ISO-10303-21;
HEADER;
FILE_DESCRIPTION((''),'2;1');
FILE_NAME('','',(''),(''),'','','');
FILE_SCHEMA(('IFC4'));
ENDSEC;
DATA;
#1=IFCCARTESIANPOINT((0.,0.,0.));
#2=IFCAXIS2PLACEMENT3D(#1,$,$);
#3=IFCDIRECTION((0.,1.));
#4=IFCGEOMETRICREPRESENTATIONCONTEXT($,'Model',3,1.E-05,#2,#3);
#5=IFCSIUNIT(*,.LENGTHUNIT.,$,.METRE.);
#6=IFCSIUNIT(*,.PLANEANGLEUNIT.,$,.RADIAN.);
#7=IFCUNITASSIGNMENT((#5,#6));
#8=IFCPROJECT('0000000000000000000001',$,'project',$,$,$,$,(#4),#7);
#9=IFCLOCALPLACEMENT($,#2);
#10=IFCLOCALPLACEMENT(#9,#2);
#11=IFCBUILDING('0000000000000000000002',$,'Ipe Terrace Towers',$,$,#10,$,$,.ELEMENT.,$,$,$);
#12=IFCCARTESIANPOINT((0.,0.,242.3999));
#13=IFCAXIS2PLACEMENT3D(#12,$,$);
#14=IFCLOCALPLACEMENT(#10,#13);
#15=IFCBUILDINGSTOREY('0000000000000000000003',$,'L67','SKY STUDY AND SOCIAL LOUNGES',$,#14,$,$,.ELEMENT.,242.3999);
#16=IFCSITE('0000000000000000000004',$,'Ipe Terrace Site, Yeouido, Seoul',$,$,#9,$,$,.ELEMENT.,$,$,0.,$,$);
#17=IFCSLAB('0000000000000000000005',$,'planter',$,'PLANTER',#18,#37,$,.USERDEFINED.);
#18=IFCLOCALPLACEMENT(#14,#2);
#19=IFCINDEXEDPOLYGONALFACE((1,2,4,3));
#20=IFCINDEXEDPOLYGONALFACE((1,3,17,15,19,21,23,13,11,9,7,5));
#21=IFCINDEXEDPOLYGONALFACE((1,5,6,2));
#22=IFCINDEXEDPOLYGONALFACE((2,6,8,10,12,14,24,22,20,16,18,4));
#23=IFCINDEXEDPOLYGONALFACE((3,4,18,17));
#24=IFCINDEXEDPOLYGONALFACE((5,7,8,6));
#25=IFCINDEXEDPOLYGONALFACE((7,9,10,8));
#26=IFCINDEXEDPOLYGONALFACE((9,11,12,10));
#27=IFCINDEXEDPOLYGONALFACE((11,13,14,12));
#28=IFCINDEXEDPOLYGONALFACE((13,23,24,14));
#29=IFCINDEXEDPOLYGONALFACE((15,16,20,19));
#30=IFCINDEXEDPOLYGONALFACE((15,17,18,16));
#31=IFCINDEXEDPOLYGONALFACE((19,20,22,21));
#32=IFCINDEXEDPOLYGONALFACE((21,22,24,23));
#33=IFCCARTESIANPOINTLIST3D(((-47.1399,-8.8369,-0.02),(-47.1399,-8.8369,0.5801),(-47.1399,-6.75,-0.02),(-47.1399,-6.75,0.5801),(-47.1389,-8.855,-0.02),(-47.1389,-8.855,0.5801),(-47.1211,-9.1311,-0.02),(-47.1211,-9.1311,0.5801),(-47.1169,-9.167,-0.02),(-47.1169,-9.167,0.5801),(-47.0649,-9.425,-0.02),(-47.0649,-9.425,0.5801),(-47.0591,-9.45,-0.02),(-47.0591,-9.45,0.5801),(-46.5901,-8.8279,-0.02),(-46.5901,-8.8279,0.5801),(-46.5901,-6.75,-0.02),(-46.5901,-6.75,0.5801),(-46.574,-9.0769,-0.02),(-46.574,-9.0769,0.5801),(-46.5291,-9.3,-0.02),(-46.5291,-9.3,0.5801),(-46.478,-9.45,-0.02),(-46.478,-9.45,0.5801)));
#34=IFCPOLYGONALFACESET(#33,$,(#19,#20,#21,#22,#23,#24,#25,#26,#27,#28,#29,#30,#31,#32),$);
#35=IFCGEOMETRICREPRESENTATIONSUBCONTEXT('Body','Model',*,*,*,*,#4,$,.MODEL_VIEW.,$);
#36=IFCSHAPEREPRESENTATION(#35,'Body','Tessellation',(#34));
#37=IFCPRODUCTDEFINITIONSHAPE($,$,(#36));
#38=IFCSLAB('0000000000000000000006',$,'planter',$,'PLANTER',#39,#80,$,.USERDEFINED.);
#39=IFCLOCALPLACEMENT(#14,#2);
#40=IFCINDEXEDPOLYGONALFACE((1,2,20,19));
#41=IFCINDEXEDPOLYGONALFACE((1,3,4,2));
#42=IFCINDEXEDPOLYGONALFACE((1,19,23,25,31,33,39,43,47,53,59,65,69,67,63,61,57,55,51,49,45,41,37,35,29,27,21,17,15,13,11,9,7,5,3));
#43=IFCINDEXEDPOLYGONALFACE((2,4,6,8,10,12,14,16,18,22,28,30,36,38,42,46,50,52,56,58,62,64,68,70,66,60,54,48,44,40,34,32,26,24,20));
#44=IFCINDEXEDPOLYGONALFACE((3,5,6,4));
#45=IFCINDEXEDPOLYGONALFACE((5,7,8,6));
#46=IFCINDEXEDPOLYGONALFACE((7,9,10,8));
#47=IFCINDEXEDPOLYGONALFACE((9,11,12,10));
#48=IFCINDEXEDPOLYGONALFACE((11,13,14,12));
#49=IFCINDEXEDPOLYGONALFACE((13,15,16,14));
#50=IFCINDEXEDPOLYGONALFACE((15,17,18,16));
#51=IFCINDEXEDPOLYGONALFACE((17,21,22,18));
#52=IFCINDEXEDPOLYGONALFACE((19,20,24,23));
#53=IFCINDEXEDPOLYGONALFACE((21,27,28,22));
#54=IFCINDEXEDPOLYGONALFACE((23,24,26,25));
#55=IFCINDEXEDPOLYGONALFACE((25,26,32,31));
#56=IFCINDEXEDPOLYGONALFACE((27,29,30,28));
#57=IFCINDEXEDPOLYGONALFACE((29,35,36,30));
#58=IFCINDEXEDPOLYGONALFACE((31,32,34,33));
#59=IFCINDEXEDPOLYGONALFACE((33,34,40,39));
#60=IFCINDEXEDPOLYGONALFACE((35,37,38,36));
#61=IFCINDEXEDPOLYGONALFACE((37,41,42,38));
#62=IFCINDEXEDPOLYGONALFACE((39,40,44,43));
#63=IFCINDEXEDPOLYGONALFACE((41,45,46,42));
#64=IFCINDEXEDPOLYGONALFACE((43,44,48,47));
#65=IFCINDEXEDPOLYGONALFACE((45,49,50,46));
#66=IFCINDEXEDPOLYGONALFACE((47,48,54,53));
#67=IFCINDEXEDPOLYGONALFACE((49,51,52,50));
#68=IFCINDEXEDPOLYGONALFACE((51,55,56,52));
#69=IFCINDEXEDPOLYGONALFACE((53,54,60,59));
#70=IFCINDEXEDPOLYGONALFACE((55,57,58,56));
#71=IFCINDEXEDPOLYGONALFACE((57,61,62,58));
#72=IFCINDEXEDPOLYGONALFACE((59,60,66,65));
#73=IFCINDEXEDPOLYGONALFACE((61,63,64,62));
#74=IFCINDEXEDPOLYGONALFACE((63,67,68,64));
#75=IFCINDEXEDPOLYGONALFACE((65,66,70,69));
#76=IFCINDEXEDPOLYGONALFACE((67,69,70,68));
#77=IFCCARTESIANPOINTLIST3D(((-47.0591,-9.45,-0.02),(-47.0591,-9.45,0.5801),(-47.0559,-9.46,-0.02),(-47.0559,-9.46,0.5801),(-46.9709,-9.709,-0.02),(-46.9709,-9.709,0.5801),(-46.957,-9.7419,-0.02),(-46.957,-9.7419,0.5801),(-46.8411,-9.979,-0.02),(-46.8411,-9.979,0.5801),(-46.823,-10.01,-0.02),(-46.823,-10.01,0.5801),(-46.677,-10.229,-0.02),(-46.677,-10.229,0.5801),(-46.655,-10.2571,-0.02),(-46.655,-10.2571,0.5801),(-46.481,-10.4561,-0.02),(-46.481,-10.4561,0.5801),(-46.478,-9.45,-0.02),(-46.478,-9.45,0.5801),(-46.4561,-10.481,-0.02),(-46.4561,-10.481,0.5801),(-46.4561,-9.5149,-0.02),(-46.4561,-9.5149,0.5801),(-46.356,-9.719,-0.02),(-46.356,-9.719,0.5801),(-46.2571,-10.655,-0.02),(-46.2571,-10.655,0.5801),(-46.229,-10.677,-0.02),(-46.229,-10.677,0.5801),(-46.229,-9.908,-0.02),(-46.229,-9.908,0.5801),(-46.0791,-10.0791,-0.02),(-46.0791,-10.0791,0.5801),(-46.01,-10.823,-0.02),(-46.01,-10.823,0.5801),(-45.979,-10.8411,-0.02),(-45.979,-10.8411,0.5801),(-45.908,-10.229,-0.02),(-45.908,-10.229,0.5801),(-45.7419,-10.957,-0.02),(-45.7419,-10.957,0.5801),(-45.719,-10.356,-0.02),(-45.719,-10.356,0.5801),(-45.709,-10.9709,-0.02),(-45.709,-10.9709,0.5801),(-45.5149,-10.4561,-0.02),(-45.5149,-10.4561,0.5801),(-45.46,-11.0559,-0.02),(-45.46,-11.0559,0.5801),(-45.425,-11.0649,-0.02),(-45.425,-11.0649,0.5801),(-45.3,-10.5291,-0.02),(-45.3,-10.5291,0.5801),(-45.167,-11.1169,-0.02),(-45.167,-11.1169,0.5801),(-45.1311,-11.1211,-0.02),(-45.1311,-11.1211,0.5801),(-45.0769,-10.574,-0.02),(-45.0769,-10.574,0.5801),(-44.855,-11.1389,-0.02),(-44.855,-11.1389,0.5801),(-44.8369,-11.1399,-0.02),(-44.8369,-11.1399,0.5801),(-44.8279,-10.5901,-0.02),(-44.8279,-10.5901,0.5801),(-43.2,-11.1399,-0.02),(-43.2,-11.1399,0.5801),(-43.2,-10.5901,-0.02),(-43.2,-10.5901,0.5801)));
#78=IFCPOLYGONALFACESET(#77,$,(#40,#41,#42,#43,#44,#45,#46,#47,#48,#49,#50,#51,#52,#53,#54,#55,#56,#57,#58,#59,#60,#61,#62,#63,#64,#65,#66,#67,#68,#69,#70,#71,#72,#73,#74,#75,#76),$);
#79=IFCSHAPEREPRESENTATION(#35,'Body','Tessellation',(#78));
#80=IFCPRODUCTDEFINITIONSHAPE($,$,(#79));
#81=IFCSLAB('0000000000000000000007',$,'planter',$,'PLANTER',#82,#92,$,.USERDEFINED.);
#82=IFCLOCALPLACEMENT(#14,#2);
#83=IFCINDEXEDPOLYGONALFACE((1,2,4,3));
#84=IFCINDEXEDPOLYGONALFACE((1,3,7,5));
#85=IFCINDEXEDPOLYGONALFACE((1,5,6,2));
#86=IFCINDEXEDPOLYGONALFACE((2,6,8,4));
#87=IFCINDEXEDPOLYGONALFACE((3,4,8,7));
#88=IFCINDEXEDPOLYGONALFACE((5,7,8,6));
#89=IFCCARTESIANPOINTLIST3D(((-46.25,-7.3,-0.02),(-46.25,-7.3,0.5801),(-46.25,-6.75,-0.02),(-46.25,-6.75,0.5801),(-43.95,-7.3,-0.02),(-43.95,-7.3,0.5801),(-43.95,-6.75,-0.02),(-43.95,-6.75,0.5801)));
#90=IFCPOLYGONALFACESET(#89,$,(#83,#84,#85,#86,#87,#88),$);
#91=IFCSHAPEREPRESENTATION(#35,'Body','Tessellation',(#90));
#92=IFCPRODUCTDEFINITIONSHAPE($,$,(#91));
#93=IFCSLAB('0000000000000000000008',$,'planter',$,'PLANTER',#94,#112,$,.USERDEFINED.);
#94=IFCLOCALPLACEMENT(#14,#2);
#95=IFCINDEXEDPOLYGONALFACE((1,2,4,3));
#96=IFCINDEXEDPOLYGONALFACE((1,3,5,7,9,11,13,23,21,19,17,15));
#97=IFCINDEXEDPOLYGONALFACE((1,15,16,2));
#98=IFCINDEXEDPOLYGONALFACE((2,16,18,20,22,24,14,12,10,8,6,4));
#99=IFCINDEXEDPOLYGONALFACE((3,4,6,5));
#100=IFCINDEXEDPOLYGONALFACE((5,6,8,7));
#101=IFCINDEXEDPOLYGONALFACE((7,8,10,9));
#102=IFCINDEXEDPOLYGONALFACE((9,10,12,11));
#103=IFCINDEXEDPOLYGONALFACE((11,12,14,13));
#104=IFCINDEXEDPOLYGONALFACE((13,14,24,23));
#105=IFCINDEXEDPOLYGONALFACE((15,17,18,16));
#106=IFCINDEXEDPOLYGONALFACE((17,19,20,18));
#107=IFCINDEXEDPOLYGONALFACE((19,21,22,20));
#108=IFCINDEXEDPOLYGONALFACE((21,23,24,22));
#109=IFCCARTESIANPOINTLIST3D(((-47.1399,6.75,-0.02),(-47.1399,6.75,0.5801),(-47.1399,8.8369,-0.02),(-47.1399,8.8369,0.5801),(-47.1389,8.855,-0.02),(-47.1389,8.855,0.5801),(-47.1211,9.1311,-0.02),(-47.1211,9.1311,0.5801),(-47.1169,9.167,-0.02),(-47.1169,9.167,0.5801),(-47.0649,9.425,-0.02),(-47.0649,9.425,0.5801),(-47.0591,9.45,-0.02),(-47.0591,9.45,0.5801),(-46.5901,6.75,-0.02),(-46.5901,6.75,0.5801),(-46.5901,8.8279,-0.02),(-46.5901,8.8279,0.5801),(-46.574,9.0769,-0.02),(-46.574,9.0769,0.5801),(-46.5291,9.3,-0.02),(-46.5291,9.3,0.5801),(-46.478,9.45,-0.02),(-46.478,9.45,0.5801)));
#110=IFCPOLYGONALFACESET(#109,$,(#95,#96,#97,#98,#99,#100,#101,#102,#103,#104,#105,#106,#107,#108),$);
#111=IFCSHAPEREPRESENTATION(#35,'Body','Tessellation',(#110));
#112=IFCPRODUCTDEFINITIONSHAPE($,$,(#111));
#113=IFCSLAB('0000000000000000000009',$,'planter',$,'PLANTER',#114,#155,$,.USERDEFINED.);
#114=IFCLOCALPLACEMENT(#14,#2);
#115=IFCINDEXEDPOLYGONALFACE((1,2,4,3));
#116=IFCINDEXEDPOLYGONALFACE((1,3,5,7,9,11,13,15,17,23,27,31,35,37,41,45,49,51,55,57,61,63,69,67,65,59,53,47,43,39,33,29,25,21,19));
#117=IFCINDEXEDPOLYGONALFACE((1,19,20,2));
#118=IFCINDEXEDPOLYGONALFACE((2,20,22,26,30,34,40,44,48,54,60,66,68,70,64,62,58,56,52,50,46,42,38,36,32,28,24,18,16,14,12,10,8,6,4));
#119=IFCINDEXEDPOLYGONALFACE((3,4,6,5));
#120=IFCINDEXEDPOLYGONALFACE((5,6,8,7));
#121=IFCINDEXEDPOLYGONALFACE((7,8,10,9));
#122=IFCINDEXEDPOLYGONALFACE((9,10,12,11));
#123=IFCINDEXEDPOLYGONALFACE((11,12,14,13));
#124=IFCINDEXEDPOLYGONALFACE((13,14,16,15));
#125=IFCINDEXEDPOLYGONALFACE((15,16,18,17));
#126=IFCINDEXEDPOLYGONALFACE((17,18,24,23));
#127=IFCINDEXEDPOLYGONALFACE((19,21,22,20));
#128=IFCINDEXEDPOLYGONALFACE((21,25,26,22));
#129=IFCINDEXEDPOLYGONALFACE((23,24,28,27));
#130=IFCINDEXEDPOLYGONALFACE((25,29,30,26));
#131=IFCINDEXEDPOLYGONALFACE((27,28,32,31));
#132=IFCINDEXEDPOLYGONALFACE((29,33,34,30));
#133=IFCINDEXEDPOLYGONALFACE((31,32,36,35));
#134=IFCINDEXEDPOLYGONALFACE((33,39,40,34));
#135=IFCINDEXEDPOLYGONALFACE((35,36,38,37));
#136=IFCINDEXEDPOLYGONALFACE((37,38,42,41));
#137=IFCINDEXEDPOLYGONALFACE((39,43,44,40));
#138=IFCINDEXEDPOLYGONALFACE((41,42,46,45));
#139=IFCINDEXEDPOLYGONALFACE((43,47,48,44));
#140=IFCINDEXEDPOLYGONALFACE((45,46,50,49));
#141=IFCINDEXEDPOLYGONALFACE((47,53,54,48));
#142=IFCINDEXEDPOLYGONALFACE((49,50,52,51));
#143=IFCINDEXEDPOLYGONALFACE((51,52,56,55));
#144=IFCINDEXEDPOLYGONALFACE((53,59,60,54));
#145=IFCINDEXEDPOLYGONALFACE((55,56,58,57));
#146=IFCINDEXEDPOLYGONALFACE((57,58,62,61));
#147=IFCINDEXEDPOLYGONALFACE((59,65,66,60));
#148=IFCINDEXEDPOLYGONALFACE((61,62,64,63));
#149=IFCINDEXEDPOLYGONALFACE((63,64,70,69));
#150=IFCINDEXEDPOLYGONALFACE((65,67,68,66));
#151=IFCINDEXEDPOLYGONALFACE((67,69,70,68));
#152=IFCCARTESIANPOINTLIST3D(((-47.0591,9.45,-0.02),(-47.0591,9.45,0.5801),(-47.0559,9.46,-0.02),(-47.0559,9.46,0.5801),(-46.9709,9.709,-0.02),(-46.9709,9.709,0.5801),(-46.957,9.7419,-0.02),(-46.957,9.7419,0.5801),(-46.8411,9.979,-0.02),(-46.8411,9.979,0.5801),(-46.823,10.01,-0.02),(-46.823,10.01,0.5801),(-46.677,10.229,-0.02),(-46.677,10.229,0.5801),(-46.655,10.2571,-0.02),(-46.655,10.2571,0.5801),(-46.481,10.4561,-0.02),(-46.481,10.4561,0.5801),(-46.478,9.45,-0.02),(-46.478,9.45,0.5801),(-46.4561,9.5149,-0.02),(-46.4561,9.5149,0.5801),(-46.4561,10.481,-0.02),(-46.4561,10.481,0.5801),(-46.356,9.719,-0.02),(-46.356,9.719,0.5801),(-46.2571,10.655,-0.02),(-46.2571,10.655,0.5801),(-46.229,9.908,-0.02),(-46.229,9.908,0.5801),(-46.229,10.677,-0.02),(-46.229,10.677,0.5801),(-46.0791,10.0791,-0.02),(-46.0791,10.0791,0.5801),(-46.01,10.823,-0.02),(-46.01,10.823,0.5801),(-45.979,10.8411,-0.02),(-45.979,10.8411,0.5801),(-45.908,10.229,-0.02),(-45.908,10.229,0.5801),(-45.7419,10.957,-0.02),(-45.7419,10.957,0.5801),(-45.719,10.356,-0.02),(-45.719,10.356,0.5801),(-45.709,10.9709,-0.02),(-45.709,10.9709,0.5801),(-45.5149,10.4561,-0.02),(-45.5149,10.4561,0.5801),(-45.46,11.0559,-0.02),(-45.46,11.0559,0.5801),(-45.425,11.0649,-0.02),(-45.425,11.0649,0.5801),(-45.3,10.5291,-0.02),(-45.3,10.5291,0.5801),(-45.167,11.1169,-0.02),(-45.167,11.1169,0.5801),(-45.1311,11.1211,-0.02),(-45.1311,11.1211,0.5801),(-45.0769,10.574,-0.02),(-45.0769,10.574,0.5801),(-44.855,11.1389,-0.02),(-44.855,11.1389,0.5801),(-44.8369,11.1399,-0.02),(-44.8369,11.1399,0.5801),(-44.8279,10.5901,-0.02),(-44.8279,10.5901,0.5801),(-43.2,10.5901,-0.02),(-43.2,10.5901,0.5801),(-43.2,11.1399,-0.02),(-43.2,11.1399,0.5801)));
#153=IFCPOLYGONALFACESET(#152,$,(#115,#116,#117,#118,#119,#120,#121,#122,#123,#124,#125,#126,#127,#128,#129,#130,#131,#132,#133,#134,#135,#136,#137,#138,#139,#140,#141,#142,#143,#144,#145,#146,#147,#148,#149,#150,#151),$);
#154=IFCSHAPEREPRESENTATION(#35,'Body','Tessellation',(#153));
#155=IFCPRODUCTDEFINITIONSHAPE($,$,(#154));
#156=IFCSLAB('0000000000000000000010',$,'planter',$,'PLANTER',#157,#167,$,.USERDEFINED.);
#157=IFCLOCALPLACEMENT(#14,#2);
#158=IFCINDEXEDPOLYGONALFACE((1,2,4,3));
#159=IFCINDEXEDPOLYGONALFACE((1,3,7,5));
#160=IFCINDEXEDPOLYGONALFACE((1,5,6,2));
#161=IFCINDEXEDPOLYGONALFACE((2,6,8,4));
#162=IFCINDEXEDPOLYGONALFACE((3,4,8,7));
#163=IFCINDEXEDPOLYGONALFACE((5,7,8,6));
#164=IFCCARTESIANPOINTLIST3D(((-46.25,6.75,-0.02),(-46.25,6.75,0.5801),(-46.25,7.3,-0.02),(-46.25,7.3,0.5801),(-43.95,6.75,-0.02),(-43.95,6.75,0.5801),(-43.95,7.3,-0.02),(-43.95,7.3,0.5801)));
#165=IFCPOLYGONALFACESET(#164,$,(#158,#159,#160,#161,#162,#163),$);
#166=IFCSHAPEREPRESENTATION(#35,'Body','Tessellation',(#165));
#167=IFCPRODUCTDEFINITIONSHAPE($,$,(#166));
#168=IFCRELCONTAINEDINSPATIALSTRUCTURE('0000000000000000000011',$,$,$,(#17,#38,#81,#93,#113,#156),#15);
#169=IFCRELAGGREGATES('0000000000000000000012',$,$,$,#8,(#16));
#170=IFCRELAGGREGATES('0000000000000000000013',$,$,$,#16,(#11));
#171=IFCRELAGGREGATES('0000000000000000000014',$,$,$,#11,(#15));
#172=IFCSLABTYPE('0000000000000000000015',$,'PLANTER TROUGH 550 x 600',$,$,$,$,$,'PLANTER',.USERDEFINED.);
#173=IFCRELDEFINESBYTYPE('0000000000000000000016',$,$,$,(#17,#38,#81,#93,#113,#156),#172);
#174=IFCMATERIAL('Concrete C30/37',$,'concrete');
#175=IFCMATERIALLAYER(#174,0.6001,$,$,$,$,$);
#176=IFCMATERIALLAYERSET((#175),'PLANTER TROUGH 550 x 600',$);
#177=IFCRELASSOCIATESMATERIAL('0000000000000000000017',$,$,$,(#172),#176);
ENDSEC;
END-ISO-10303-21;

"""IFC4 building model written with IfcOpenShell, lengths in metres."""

from ifc_helpers import new_model, si_unit, direction, frame, origin, place, context, subcontext, project, spatial, polyline, outline, extrude, material, layer, layer_set, type_object, element, save


model = new_model("IFC4")

# Units and contexts
model_context = context("Model", 3, precision=1e-05, world=origin(), true_north=direction((0.0, 1.0)))
body_context = subcontext(model_context, "Body", "Model", "MODEL_VIEW")
ifc_project = project(units=[si_unit("LENGTHUNIT", "METRE"), si_unit("PLANEANGLEUNIT", "RADIAN")], contexts=[model_context])

# Site, building, storey
site_placement = place(None, origin())
site = spatial("IfcSite", under=ifc_project, at=site_placement, Name="Ipe Terrace Site, Yeouido, Seoul", CompositionType="ELEMENT", RefElevation=0.0)
building_placement = place(site_placement, origin())
building = spatial("IfcBuilding", under=site, at=building_placement, Name="Ipe Terrace Towers", CompositionType="ELEMENT")
storey_placement = place(building_placement, frame((0.0, 0.0, 242.3999)))
storey = spatial("IfcBuildingStorey", under=building, at=storey_placement, Name="L67", Description="SKY STUDY AND SOCIAL LOUNGES", CompositionType="ELEMENT", Elevation=242.3999)

# Slabs
ifc_material_1 = material(Name="Concrete C30/37", Category="concrete")
ifc_layer_1 = layer(ifc_material_1, 0.6001)
ifc_layer_set_1 = layer_set([ifc_layer_1], Name="PLANTER TROUGH 550 x 600")
slab_type_1 = type_object("IfcSlabType", Name="PLANTER TROUGH 550 x 600", ElementType="PLANTER", PredefinedType="USERDEFINED", material=ifc_layer_set_1)
slab_1_placement = place(storey_placement, frame((0.0, 0.0, -0.02)))
element("IfcSlab", 1, at=slab_1_placement, inside=storey, type_object=slab_type_1, Name="planter", ObjectType="PLANTER", PredefinedType="USERDEFINED", context=body_context, shape_type="SweptSolid", body=[
    extrude(outline(polyline([(-46.5291, -9.3), (-46.574, -9.0769), (-46.5901, -8.8279), (-46.5901, -6.75), (-47.1399, -6.75), (-47.1399, -8.8369), (-47.1389, -8.855), (-47.1211, -9.1311), (-47.1169, -9.167), (-47.0649, -9.425), (-47.0591, -9.45), (-46.478, -9.45), (-46.5291, -9.3)])), origin(), (0.0, 0.0, 1.0), 0.6001),
])
slab_2_placement = place(storey_placement, frame((0.0, 0.0, -0.02)))
element("IfcSlab", 2, at=slab_2_placement, inside=storey, type_object=slab_type_1, Name="planter", ObjectType="PLANTER", PredefinedType="USERDEFINED", context=body_context, shape_type="SweptSolid", body=[
    extrude(outline(polyline([(-46.4561, -9.5149), (-46.478, -9.45), (-47.0591, -9.45), (-47.0559, -9.46), (-46.9709, -9.709), (-46.957, -9.7419), (-46.8411, -9.979), (-46.823, -10.01), (-46.677, -10.229), (-46.655, -10.2571), (-46.481, -10.4561), (-46.4561, -10.481), (-46.2571, -10.655), (-46.229, -10.677), (-46.01, -10.823), (-45.979, -10.8411), (-45.7419, -10.957), (-45.709, -10.9709), (-45.46, -11.0559), (-45.425, -11.0649), (-45.167, -11.1169), (-45.1311, -11.1211), (-44.855, -11.1389), (-44.8369, -11.1399), (-43.2, -11.1399), (-43.2, -10.5901), (-44.8279, -10.5901), (-45.0769, -10.574), (-45.3, -10.5291), (-45.5149, -10.4561), (-45.719, -10.356), (-45.908, -10.229), (-46.0791, -10.0791), (-46.229, -9.908), (-46.356, -9.719), (-46.4561, -9.5149)])), origin(), (0.0, 0.0, 1.0), 0.6001),
])
slab_3_placement = place(storey_placement, frame((0.0, 0.0, -0.02)))
element("IfcSlab", 3, at=slab_3_placement, inside=storey, type_object=slab_type_1, Name="planter", ObjectType="PLANTER", PredefinedType="USERDEFINED", context=body_context, shape_type="SweptSolid", body=[
    extrude(outline(polyline([(-43.95, -6.75), (-46.25, -6.75), (-46.25, -7.3), (-43.95, -7.3), (-43.95, -6.75)])), origin(), (0.0, 0.0, 1.0), 0.6001),
])
slab_4_placement = place(storey_placement, frame((0.0, 0.0, -0.02)))
element("IfcSlab", 4, at=slab_4_placement, inside=storey, type_object=slab_type_1, Name="planter", ObjectType="PLANTER", PredefinedType="USERDEFINED", context=body_context, shape_type="SweptSolid", body=[
    extrude(outline(polyline([(-46.5291, 9.3), (-46.478, 9.45), (-47.0591, 9.45), (-47.0649, 9.425), (-47.1169, 9.167), (-47.1211, 9.1311), (-47.1389, 8.855), (-47.1399, 8.8369), (-47.1399, 6.75), (-46.5901, 6.75), (-46.5901, 8.8279), (-46.574, 9.0769), (-46.5291, 9.3)])), origin(), (0.0, 0.0, 1.0), 0.6001),
])
slab_5_placement = place(storey_placement, frame((0.0, 0.0, -0.02)))
element("IfcSlab", 5, at=slab_5_placement, inside=storey, type_object=slab_type_1, Name="planter", ObjectType="PLANTER", PredefinedType="USERDEFINED", context=body_context, shape_type="SweptSolid", body=[
    extrude(outline(polyline([(-46.4561, 9.5149), (-46.356, 9.719), (-46.229, 9.908), (-46.0791, 10.0791), (-45.908, 10.229), (-45.719, 10.356), (-45.5149, 10.4561), (-45.3, 10.5291), (-45.0769, 10.574), (-44.8279, 10.5901), (-43.2, 10.5901), (-43.2, 11.1399), (-44.8369, 11.1399), (-44.855, 11.1389), (-45.1311, 11.1211), (-45.167, 11.1169), (-45.425, 11.0649), (-45.46, 11.0559), (-45.709, 10.9709), (-45.7419, 10.957), (-45.979, 10.8411), (-46.01, 10.823), (-46.229, 10.677), (-46.2571, 10.655), (-46.4561, 10.481), (-46.481, 10.4561), (-46.655, 10.2571), (-46.677, 10.229), (-46.823, 10.01), (-46.8411, 9.979), (-46.957, 9.7419), (-46.9709, 9.709), (-47.0559, 9.46), (-47.0591, 9.45), (-46.478, 9.45), (-46.4561, 9.5149)])), origin(), (0.0, 0.0, 1.0), 0.6001),
])
slab_6_placement = place(storey_placement, frame((0.0, 0.0, -0.02)))
element("IfcSlab", 6, at=slab_6_placement, inside=storey, type_object=slab_type_1, Name="planter", ObjectType="PLANTER", PredefinedType="USERDEFINED", context=body_context, shape_type="SweptSolid", body=[
    extrude(outline(polyline([(-43.95, 6.75), (-43.95, 7.3), (-46.25, 7.3), (-46.25, 6.75), (-43.95, 6.75)])), origin(), (0.0, 0.0, 1.0), 0.6001),
])

save(model, "model.ifc")
